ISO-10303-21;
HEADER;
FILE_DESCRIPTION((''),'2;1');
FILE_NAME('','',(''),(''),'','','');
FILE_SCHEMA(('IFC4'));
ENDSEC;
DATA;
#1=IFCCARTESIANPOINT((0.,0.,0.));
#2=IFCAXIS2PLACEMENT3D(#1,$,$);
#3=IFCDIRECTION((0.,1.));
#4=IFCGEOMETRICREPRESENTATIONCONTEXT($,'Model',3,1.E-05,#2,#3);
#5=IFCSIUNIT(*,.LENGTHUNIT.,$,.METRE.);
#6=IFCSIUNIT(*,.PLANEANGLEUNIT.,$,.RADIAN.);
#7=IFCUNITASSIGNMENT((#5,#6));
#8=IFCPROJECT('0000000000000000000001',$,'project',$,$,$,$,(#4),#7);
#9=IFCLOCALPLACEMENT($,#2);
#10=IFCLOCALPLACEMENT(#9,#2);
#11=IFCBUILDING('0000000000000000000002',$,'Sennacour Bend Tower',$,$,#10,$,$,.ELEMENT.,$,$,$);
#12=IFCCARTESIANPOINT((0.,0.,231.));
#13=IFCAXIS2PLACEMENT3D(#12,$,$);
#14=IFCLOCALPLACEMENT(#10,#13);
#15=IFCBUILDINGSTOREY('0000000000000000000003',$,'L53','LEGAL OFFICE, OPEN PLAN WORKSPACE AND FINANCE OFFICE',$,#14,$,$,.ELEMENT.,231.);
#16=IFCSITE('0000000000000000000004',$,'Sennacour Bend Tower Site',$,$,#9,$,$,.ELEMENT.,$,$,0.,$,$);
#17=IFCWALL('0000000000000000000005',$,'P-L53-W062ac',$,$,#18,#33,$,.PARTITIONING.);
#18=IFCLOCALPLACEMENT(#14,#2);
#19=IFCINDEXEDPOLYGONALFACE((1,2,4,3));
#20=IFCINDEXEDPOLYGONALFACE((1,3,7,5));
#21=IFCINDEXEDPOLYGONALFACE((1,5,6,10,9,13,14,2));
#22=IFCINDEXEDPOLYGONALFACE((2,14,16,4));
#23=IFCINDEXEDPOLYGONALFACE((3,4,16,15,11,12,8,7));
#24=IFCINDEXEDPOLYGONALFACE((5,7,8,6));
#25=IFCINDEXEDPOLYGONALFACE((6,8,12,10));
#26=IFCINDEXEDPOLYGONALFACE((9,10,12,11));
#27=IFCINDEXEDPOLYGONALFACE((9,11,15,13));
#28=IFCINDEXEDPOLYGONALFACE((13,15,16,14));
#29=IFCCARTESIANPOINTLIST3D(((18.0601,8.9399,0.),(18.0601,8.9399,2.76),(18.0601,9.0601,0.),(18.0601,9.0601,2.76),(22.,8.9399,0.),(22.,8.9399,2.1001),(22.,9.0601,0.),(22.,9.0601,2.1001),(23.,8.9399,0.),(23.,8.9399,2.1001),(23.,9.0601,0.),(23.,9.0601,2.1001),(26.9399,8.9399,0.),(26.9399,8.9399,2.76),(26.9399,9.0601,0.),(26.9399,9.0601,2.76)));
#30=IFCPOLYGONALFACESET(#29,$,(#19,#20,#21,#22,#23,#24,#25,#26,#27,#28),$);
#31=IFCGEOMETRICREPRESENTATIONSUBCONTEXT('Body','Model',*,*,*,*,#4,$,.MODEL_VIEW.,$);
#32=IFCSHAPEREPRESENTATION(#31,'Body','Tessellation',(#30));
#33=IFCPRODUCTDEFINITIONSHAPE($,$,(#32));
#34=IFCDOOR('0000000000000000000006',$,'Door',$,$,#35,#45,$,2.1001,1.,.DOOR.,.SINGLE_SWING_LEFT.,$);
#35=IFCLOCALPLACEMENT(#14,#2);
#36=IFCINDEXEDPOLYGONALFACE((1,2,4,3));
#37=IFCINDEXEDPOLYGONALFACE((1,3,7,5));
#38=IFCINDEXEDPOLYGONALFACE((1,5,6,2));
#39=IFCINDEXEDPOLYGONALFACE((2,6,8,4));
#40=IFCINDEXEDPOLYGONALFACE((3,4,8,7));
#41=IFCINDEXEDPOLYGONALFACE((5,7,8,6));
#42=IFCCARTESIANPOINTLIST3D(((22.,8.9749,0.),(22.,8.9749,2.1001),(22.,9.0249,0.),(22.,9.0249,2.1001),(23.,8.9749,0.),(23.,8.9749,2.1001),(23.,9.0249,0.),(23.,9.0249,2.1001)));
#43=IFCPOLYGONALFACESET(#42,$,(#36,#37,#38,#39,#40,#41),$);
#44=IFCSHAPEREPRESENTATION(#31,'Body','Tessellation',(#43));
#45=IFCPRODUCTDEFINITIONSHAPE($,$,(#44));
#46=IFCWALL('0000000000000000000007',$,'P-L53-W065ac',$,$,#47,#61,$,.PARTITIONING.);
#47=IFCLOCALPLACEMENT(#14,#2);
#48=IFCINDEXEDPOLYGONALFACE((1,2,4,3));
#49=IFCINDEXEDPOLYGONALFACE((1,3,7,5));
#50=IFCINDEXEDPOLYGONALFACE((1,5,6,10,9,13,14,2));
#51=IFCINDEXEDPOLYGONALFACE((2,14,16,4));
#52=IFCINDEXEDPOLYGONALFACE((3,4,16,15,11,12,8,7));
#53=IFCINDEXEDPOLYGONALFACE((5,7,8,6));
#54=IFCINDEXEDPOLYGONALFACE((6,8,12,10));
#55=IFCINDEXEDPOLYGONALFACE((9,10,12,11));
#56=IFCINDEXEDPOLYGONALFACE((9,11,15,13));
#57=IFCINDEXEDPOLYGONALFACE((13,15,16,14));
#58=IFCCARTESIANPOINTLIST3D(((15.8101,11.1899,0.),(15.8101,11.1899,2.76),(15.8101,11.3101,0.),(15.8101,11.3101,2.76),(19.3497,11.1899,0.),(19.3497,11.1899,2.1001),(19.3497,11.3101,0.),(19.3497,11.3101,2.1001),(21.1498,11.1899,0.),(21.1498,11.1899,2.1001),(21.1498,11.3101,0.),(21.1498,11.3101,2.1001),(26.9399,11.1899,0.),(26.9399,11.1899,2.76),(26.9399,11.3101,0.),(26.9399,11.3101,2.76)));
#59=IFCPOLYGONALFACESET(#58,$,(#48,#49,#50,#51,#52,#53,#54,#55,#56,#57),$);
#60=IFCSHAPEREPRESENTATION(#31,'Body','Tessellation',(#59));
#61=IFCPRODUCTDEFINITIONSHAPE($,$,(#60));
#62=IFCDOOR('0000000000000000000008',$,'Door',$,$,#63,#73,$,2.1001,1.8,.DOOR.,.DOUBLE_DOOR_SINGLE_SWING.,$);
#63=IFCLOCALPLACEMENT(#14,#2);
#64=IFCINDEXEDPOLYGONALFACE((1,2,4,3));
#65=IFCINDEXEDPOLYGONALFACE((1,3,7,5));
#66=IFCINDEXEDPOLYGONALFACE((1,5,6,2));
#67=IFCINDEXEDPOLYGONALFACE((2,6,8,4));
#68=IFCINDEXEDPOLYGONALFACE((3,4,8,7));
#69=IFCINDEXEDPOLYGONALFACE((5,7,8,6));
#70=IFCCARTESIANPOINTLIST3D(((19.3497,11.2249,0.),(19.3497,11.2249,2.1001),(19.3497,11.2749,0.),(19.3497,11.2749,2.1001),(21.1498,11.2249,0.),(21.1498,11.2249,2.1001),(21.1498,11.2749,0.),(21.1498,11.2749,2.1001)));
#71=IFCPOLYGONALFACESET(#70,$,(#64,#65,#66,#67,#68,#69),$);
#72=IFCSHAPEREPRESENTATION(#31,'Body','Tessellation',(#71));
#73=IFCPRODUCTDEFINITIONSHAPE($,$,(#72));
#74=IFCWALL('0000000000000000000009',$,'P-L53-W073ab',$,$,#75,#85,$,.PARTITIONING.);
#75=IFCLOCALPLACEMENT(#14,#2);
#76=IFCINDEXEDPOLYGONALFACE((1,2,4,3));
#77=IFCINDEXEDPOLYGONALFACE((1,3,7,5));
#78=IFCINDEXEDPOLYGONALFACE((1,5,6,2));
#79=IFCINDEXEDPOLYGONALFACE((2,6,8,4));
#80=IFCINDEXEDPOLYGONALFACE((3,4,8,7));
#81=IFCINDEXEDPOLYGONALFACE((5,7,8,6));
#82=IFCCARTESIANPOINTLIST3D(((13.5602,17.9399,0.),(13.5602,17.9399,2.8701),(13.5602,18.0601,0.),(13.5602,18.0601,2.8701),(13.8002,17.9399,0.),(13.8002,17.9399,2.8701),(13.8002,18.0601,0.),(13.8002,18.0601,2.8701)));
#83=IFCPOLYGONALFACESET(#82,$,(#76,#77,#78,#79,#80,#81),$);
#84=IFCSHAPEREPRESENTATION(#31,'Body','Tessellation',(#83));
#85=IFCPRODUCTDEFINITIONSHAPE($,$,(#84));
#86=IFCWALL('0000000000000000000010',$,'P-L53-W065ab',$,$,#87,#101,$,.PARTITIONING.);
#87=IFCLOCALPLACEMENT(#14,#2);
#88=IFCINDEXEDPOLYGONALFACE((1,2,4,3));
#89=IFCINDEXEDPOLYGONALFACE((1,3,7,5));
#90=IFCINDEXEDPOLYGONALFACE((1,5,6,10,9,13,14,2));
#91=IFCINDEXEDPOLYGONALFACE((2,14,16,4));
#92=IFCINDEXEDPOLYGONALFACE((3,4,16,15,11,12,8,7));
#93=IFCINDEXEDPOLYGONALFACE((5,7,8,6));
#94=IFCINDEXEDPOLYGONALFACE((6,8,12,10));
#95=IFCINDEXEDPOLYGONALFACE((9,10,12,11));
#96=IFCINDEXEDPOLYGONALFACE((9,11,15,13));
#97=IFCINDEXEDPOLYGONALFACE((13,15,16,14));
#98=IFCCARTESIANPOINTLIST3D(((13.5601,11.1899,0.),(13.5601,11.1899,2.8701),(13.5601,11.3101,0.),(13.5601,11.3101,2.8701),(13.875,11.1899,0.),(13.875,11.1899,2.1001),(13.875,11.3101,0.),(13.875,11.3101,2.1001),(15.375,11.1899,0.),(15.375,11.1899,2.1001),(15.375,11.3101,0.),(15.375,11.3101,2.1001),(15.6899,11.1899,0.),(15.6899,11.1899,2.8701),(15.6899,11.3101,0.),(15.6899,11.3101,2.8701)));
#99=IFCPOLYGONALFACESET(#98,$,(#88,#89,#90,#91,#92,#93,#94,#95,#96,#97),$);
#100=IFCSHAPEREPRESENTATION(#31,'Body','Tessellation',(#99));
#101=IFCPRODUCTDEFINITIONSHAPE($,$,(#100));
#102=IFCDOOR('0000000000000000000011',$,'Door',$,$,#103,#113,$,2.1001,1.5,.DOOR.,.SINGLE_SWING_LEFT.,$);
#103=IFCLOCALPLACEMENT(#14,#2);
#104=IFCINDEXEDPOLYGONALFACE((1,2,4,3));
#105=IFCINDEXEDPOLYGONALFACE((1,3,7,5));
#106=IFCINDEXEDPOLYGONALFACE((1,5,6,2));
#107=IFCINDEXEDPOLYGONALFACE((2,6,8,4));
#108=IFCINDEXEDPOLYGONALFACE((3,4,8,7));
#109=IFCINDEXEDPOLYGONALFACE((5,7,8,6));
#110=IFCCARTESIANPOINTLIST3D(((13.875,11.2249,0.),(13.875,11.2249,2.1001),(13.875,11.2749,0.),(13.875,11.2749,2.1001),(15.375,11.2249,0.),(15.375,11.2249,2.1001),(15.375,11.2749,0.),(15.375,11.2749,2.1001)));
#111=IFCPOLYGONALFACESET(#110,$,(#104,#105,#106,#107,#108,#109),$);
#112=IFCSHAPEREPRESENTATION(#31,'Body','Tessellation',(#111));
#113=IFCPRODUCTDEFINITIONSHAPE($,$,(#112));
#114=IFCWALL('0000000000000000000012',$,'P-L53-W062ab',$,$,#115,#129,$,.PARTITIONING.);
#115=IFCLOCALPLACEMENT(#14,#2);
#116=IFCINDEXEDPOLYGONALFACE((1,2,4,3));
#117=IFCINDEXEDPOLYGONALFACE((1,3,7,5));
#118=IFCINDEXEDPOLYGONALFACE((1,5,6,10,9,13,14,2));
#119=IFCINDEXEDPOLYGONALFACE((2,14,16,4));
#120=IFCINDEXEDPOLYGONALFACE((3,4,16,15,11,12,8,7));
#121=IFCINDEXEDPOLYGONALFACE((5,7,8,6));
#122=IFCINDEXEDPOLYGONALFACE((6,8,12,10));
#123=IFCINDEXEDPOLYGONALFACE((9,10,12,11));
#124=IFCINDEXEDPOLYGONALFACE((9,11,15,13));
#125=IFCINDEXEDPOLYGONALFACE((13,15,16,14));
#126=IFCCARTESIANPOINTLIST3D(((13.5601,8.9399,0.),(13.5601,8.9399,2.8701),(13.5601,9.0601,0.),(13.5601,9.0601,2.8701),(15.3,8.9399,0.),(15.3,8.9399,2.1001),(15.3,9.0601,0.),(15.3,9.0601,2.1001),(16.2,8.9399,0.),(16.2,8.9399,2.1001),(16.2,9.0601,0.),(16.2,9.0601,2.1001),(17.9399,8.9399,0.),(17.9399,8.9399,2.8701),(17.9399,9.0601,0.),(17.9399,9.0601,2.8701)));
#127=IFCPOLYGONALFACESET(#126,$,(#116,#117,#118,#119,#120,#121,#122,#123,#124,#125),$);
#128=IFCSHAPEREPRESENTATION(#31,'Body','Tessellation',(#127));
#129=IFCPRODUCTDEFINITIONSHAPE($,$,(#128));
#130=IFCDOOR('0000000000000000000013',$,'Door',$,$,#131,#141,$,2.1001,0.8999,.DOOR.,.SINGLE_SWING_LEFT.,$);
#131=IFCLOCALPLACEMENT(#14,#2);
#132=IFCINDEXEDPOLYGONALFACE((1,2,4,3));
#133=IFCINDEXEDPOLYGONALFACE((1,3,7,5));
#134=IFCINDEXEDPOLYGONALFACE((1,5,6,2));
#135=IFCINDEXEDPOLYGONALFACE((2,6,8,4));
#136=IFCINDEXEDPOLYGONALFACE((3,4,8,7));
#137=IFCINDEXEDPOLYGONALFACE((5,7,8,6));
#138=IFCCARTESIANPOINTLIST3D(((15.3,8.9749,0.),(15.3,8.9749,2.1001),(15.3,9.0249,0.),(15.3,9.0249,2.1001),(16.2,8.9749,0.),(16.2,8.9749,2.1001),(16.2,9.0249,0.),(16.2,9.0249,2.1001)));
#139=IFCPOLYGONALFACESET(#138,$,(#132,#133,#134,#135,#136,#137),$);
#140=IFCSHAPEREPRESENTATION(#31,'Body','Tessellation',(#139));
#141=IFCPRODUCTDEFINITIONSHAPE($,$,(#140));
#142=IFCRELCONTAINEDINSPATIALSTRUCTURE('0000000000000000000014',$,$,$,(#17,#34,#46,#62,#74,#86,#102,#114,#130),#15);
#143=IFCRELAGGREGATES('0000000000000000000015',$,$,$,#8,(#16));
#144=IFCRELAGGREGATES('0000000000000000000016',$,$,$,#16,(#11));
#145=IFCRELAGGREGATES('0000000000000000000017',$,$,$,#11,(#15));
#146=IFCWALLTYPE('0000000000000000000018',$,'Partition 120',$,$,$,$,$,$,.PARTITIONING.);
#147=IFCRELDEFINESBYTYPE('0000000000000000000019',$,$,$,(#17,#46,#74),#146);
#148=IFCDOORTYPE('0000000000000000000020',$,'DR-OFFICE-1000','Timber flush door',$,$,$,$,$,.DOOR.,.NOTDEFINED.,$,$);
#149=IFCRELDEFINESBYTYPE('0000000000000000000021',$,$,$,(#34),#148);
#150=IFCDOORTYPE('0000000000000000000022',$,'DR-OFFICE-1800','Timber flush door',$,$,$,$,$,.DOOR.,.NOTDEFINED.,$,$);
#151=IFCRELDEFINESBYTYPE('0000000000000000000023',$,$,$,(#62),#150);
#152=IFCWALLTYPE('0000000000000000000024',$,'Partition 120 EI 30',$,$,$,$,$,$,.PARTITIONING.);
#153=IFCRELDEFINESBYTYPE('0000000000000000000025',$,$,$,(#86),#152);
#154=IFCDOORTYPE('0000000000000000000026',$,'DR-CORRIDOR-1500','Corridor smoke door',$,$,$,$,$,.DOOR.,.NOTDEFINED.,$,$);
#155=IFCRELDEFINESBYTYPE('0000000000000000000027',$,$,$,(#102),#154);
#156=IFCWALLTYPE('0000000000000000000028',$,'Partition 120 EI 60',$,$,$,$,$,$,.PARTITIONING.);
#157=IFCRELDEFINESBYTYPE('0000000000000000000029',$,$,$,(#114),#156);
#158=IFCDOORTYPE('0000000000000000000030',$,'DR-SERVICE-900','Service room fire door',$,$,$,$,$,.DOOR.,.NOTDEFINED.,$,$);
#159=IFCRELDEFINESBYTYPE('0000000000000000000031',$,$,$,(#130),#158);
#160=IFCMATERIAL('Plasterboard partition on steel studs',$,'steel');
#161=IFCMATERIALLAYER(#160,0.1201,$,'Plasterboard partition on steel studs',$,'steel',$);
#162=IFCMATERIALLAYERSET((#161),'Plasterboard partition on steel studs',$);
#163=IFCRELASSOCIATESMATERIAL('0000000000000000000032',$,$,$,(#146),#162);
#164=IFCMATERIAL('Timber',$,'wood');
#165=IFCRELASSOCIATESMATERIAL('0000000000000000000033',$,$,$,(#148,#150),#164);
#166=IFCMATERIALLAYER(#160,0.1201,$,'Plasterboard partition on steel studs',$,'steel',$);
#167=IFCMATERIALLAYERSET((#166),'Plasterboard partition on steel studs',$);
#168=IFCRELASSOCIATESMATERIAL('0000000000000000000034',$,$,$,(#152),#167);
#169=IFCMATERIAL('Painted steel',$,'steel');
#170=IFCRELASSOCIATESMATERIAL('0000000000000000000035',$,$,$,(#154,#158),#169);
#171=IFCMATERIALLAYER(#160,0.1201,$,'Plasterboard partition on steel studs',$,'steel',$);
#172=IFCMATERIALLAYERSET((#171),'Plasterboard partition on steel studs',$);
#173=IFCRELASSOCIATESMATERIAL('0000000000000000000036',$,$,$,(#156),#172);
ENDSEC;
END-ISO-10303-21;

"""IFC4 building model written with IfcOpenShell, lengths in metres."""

from ifc_helpers import new_model, si_unit, direction, frame, frame_2d, origin, place, context, subcontext, project, spatial, rectangle, extrude, material, layer, layer_set, type_object, element, fill, save


model = new_model("IFC4")

# Units and contexts
model_context = context("Model", 3, precision=1e-05, world=origin(), true_north=direction((0.0, 1.0)))
body_context = subcontext(model_context, "Body", "Model", "MODEL_VIEW")
ifc_project = project(units=[si_unit("LENGTHUNIT", "METRE"), si_unit("PLANEANGLEUNIT", "RADIAN")], contexts=[model_context])

# Site, building, storey
site_placement = place(None, origin())
site = spatial("IfcSite", under=ifc_project, at=site_placement, Name="Sennacour Bend Tower Site", CompositionType="ELEMENT", RefElevation=0.0)
building_placement = place(site_placement, origin())
building = spatial("IfcBuilding", under=site, at=building_placement, Name="Sennacour Bend Tower", CompositionType="ELEMENT")
storey_placement = place(building_placement, frame((0.0, 0.0, 231.0)))
storey = spatial("IfcBuildingStorey", under=building, at=storey_placement, Name="L53", Description="LEGAL OFFICE, OPEN PLAN WORKSPACE AND FINANCE OFFICE", CompositionType="ELEMENT", Elevation=231.0)

# Shared definitions
ifc_material_1 = material(Name="Plasterboard partition on steel studs", Category="steel")
ifc_layer_1 = layer(ifc_material_1, 0.1201, Name="Plasterboard partition on steel studs", Category="steel")
ifc_layer_set_1 = layer_set([ifc_layer_1], Name="Plasterboard partition on steel studs")
wall_type_1 = type_object("IfcWallType", Name="Partition 120", PredefinedType="PARTITIONING", material=ifc_layer_set_1)
ifc_material_2 = material(Name="Timber", Category="wood")
door_type_1 = type_object("IfcDoorType", Name="DR-OFFICE-1000", Description="Timber flush door", OperationType="NOTDEFINED", PredefinedType="DOOR", material=ifc_material_2)

# Walls, openings, doors
wall_1_placement = place(storey_placement, frame((18.0601, 9.0, 0.0), z_axis=(0.0, 0.0, 1.0), x_axis=(1.0, 0.0, 0.0)))
wall_1 = element("IfcWall", 1, at=wall_1_placement, inside=storey, type_object=wall_type_1, Name="P-L53-W062ac", PredefinedType="PARTITIONING", context=body_context, shape_type="SweptSolid", body=[
    extrude(rectangle(XDim=8.8799, YDim=0.1201, at=frame_2d((4.4399, 0.0))), origin(), (0.0, 0.0, 1.0), 2.76),
])
opening_1_placement = place(wall_1_placement, frame((3.9399, 0.0, 0.0)))
opening_1 = element("IfcOpeningElement", 2, at=opening_1_placement, cuts=wall_1, PredefinedType="OPENING", context=body_context, shape_type="SweptSolid", body=[
    extrude(rectangle(XDim=1.0, YDim=2.1001, at=frame_2d((0.5, 1.05))), frame((0.0, 0.0701, 0.0), z_axis=(0.0, -1.0, 0.0), x_axis=(1.0, 0.0, 0.0)), (0.0, 0.0, 1.0), 0.1401),
])
door_1_placement = place(opening_1_placement, origin())
door_1 = element("IfcDoor", 3, at=door_1_placement, inside=storey, type_object=door_type_1, Name="Door", OperationType="SINGLE_SWING_LEFT", OverallHeight=2.1001, OverallWidth=1.0, PredefinedType="DOOR", context=body_context, shape_type="SweptSolid", body=[
    extrude(rectangle(XDim=1.0, YDim=2.1001, at=frame_2d((0.5, 1.05))), frame((0.0, 0.0249, 0.0), z_axis=(0.0, -1.0, 0.0), x_axis=(1.0, 0.0, 0.0)), (0.0, 0.0, 1.0), 0.05),
])
fill(opening_1, door_1)
wall_2_placement = place(storey_placement, frame((15.8101, 11.25, 0.0), z_axis=(0.0, 0.0, 1.0), x_axis=(1.0, 0.0, 0.0)))
wall_2 = element("IfcWall", 4, at=wall_2_placement, inside=storey, type_object=wall_type_1, Name="P-L53-W065ac", PredefinedType="PARTITIONING", context=body_context, shape_type="SweptSolid", body=[
    extrude(rectangle(XDim=11.1299, YDim=0.1201, at=frame_2d((5.5649, 0.0))), origin(), (0.0, 0.0, 1.0), 2.76),
])
opening_2_placement = place(wall_2_placement, frame((3.5398, 0.0, 0.0)))
opening_2 = element("IfcOpeningElement", 5, at=opening_2_placement, cuts=wall_2, PredefinedType="OPENING", context=body_context, shape_type="SweptSolid", body=[
    extrude(rectangle(XDim=1.8, YDim=2.1001, at=frame_2d((0.8999, 1.05))), frame((0.0, 0.0701, 0.0), z_axis=(0.0, -1.0, 0.0), x_axis=(1.0, 0.0, 0.0)), (0.0, 0.0, 1.0), 0.1401),
])
door_type_2 = type_object("IfcDoorType", Name="DR-OFFICE-1800", Description="Timber flush door", OperationType="NOTDEFINED", PredefinedType="DOOR", material=ifc_material_2)
door_2_placement = place(opening_2_placement, origin())
door_2 = element("IfcDoor", 6, at=door_2_placement, inside=storey, type_object=door_type_2, Name="Door", OperationType="DOUBLE_DOOR_SINGLE_SWING", OverallHeight=2.1001, OverallWidth=1.8, PredefinedType="DOOR", context=body_context, shape_type="SweptSolid", body=[
    extrude(rectangle(XDim=1.8, YDim=2.1001, at=frame_2d((0.8999, 1.05))), frame((0.0, 0.0249, 0.0), z_axis=(0.0, -1.0, 0.0), x_axis=(1.0, 0.0, 0.0)), (0.0, 0.0, 1.0), 0.05),
])
fill(opening_2, door_2)

# Wall
wall_3_placement = place(storey_placement, frame((13.5601, 18.0, 0.0), z_axis=(0.0, 0.0, 1.0), x_axis=(1.0, 0.0, 0.0)))
element("IfcWall", 7, at=wall_3_placement, inside=storey, type_object=wall_type_1, Name="P-L53-W073ab", PredefinedType="PARTITIONING", context=body_context, shape_type="SweptSolid", body=[
    extrude(rectangle(XDim=0.24, YDim=0.1201, at=frame_2d((0.1201, 0.0))), origin(), (0.0, 0.0, 1.0), 2.8701),
])

# Walls, openings, doors
ifc_layer_2 = layer(ifc_material_1, 0.1201, Name="Plasterboard partition on steel studs", Category="steel")
ifc_layer_set_2 = layer_set([ifc_layer_2], Name="Plasterboard partition on steel studs")
wall_type_2 = type_object("IfcWallType", Name="Partition 120 EI 30", PredefinedType="PARTITIONING", material=ifc_layer_set_2)
wall_4_placement = place(storey_placement, frame((13.5601, 11.25, 0.0), z_axis=(0.0, 0.0, 1.0), x_axis=(1.0, 0.0, 0.0)))
wall_4 = element("IfcWall", 8, at=wall_4_placement, inside=storey, type_object=wall_type_2, Name="P-L53-W065ab", PredefinedType="PARTITIONING", context=body_context, shape_type="SweptSolid", body=[
    extrude(rectangle(XDim=2.1299, YDim=0.1201, at=frame_2d((1.0649, 0.0))), origin(), (0.0, 0.0, 1.0), 2.8701),
])
opening_3_placement = place(wall_4_placement, frame((0.3149, 0.0, 0.0)))
opening_3 = element("IfcOpeningElement", 9, at=opening_3_placement, cuts=wall_4, PredefinedType="OPENING", context=body_context, shape_type="SweptSolid", body=[
    extrude(rectangle(XDim=1.5, YDim=2.1001, at=frame_2d((0.75, 1.05))), frame((0.0, 0.0701, 0.0), z_axis=(0.0, -1.0, 0.0), x_axis=(1.0, 0.0, 0.0)), (0.0, 0.0, 1.0), 0.1401),
])
ifc_material_3 = material(Name="Painted steel", Category="steel")
door_type_3 = type_object("IfcDoorType", Name="DR-CORRIDOR-1500", Description="Corridor smoke door", OperationType="NOTDEFINED", PredefinedType="DOOR", material=ifc_material_3)
door_3_placement = place(opening_3_placement, origin())
door_3 = element("IfcDoor", 10, at=door_3_placement, inside=storey, type_object=door_type_3, Name="Door", OperationType="SINGLE_SWING_LEFT", OverallHeight=2.1001, OverallWidth=1.5, PredefinedType="DOOR", context=body_context, shape_type="SweptSolid", body=[
    extrude(rectangle(XDim=1.5, YDim=2.1001, at=frame_2d((0.75, 1.05))), frame((0.0, 0.0249, 0.0), z_axis=(0.0, -1.0, 0.0), x_axis=(1.0, 0.0, 0.0)), (0.0, 0.0, 1.0), 0.05),
])
fill(opening_3, door_3)
ifc_layer_3 = layer(ifc_material_1, 0.1201, Name="Plasterboard partition on steel studs", Category="steel")
ifc_layer_set_3 = layer_set([ifc_layer_3], Name="Plasterboard partition on steel studs")
wall_type_3 = type_object("IfcWallType", Name="Partition 120 EI 60", PredefinedType="PARTITIONING", material=ifc_layer_set_3)
wall_5_placement = place(storey_placement, frame((13.5601, 9.0, 0.0), z_axis=(0.0, 0.0, 1.0), x_axis=(1.0, 0.0, 0.0)))
wall_5 = element("IfcWall", 11, at=wall_5_placement, inside=storey, type_object=wall_type_3, Name="P-L53-W062ab", PredefinedType="PARTITIONING", context=body_context, shape_type="SweptSolid", body=[
    extrude(rectangle(XDim=4.3799, YDim=0.1201, at=frame_2d((2.1899, 0.0))), origin(), (0.0, 0.0, 1.0), 2.8701),
])
opening_4_placement = place(wall_5_placement, frame((1.74, 0.0, 0.0)))
opening_4 = element("IfcOpeningElement", 12, at=opening_4_placement, cuts=wall_5, PredefinedType="OPENING", context=body_context, shape_type="SweptSolid", body=[
    extrude(rectangle(XDim=0.8999, YDim=2.1001, at=frame_2d((0.45, 1.05))), frame((0.0, 0.0701, 0.0), z_axis=(0.0, -1.0, 0.0), x_axis=(1.0, 0.0, 0.0)), (0.0, 0.0, 1.0), 0.1401),
])
door_type_4 = type_object("IfcDoorType", Name="DR-SERVICE-900", Description="Service room fire door", OperationType="NOTDEFINED", PredefinedType="DOOR", material=ifc_material_3)
door_4_placement = place(opening_4_placement, origin())
door_4 = element("IfcDoor", 13, at=door_4_placement, inside=storey, type_object=door_type_4, Name="Door", OperationType="SINGLE_SWING_LEFT", OverallHeight=2.1001, OverallWidth=0.8999, PredefinedType="DOOR", context=body_context, shape_type="SweptSolid", body=[
    extrude(rectangle(XDim=0.8999, YDim=2.1001, at=frame_2d((0.45, 1.05))), frame((0.0, 0.0249, 0.0), z_axis=(0.0, -1.0, 0.0), x_axis=(1.0, 0.0, 0.0)), (0.0, 0.0, 1.0), 0.05),
])
fill(opening_4, door_4)

save(model, "model.ifc")
